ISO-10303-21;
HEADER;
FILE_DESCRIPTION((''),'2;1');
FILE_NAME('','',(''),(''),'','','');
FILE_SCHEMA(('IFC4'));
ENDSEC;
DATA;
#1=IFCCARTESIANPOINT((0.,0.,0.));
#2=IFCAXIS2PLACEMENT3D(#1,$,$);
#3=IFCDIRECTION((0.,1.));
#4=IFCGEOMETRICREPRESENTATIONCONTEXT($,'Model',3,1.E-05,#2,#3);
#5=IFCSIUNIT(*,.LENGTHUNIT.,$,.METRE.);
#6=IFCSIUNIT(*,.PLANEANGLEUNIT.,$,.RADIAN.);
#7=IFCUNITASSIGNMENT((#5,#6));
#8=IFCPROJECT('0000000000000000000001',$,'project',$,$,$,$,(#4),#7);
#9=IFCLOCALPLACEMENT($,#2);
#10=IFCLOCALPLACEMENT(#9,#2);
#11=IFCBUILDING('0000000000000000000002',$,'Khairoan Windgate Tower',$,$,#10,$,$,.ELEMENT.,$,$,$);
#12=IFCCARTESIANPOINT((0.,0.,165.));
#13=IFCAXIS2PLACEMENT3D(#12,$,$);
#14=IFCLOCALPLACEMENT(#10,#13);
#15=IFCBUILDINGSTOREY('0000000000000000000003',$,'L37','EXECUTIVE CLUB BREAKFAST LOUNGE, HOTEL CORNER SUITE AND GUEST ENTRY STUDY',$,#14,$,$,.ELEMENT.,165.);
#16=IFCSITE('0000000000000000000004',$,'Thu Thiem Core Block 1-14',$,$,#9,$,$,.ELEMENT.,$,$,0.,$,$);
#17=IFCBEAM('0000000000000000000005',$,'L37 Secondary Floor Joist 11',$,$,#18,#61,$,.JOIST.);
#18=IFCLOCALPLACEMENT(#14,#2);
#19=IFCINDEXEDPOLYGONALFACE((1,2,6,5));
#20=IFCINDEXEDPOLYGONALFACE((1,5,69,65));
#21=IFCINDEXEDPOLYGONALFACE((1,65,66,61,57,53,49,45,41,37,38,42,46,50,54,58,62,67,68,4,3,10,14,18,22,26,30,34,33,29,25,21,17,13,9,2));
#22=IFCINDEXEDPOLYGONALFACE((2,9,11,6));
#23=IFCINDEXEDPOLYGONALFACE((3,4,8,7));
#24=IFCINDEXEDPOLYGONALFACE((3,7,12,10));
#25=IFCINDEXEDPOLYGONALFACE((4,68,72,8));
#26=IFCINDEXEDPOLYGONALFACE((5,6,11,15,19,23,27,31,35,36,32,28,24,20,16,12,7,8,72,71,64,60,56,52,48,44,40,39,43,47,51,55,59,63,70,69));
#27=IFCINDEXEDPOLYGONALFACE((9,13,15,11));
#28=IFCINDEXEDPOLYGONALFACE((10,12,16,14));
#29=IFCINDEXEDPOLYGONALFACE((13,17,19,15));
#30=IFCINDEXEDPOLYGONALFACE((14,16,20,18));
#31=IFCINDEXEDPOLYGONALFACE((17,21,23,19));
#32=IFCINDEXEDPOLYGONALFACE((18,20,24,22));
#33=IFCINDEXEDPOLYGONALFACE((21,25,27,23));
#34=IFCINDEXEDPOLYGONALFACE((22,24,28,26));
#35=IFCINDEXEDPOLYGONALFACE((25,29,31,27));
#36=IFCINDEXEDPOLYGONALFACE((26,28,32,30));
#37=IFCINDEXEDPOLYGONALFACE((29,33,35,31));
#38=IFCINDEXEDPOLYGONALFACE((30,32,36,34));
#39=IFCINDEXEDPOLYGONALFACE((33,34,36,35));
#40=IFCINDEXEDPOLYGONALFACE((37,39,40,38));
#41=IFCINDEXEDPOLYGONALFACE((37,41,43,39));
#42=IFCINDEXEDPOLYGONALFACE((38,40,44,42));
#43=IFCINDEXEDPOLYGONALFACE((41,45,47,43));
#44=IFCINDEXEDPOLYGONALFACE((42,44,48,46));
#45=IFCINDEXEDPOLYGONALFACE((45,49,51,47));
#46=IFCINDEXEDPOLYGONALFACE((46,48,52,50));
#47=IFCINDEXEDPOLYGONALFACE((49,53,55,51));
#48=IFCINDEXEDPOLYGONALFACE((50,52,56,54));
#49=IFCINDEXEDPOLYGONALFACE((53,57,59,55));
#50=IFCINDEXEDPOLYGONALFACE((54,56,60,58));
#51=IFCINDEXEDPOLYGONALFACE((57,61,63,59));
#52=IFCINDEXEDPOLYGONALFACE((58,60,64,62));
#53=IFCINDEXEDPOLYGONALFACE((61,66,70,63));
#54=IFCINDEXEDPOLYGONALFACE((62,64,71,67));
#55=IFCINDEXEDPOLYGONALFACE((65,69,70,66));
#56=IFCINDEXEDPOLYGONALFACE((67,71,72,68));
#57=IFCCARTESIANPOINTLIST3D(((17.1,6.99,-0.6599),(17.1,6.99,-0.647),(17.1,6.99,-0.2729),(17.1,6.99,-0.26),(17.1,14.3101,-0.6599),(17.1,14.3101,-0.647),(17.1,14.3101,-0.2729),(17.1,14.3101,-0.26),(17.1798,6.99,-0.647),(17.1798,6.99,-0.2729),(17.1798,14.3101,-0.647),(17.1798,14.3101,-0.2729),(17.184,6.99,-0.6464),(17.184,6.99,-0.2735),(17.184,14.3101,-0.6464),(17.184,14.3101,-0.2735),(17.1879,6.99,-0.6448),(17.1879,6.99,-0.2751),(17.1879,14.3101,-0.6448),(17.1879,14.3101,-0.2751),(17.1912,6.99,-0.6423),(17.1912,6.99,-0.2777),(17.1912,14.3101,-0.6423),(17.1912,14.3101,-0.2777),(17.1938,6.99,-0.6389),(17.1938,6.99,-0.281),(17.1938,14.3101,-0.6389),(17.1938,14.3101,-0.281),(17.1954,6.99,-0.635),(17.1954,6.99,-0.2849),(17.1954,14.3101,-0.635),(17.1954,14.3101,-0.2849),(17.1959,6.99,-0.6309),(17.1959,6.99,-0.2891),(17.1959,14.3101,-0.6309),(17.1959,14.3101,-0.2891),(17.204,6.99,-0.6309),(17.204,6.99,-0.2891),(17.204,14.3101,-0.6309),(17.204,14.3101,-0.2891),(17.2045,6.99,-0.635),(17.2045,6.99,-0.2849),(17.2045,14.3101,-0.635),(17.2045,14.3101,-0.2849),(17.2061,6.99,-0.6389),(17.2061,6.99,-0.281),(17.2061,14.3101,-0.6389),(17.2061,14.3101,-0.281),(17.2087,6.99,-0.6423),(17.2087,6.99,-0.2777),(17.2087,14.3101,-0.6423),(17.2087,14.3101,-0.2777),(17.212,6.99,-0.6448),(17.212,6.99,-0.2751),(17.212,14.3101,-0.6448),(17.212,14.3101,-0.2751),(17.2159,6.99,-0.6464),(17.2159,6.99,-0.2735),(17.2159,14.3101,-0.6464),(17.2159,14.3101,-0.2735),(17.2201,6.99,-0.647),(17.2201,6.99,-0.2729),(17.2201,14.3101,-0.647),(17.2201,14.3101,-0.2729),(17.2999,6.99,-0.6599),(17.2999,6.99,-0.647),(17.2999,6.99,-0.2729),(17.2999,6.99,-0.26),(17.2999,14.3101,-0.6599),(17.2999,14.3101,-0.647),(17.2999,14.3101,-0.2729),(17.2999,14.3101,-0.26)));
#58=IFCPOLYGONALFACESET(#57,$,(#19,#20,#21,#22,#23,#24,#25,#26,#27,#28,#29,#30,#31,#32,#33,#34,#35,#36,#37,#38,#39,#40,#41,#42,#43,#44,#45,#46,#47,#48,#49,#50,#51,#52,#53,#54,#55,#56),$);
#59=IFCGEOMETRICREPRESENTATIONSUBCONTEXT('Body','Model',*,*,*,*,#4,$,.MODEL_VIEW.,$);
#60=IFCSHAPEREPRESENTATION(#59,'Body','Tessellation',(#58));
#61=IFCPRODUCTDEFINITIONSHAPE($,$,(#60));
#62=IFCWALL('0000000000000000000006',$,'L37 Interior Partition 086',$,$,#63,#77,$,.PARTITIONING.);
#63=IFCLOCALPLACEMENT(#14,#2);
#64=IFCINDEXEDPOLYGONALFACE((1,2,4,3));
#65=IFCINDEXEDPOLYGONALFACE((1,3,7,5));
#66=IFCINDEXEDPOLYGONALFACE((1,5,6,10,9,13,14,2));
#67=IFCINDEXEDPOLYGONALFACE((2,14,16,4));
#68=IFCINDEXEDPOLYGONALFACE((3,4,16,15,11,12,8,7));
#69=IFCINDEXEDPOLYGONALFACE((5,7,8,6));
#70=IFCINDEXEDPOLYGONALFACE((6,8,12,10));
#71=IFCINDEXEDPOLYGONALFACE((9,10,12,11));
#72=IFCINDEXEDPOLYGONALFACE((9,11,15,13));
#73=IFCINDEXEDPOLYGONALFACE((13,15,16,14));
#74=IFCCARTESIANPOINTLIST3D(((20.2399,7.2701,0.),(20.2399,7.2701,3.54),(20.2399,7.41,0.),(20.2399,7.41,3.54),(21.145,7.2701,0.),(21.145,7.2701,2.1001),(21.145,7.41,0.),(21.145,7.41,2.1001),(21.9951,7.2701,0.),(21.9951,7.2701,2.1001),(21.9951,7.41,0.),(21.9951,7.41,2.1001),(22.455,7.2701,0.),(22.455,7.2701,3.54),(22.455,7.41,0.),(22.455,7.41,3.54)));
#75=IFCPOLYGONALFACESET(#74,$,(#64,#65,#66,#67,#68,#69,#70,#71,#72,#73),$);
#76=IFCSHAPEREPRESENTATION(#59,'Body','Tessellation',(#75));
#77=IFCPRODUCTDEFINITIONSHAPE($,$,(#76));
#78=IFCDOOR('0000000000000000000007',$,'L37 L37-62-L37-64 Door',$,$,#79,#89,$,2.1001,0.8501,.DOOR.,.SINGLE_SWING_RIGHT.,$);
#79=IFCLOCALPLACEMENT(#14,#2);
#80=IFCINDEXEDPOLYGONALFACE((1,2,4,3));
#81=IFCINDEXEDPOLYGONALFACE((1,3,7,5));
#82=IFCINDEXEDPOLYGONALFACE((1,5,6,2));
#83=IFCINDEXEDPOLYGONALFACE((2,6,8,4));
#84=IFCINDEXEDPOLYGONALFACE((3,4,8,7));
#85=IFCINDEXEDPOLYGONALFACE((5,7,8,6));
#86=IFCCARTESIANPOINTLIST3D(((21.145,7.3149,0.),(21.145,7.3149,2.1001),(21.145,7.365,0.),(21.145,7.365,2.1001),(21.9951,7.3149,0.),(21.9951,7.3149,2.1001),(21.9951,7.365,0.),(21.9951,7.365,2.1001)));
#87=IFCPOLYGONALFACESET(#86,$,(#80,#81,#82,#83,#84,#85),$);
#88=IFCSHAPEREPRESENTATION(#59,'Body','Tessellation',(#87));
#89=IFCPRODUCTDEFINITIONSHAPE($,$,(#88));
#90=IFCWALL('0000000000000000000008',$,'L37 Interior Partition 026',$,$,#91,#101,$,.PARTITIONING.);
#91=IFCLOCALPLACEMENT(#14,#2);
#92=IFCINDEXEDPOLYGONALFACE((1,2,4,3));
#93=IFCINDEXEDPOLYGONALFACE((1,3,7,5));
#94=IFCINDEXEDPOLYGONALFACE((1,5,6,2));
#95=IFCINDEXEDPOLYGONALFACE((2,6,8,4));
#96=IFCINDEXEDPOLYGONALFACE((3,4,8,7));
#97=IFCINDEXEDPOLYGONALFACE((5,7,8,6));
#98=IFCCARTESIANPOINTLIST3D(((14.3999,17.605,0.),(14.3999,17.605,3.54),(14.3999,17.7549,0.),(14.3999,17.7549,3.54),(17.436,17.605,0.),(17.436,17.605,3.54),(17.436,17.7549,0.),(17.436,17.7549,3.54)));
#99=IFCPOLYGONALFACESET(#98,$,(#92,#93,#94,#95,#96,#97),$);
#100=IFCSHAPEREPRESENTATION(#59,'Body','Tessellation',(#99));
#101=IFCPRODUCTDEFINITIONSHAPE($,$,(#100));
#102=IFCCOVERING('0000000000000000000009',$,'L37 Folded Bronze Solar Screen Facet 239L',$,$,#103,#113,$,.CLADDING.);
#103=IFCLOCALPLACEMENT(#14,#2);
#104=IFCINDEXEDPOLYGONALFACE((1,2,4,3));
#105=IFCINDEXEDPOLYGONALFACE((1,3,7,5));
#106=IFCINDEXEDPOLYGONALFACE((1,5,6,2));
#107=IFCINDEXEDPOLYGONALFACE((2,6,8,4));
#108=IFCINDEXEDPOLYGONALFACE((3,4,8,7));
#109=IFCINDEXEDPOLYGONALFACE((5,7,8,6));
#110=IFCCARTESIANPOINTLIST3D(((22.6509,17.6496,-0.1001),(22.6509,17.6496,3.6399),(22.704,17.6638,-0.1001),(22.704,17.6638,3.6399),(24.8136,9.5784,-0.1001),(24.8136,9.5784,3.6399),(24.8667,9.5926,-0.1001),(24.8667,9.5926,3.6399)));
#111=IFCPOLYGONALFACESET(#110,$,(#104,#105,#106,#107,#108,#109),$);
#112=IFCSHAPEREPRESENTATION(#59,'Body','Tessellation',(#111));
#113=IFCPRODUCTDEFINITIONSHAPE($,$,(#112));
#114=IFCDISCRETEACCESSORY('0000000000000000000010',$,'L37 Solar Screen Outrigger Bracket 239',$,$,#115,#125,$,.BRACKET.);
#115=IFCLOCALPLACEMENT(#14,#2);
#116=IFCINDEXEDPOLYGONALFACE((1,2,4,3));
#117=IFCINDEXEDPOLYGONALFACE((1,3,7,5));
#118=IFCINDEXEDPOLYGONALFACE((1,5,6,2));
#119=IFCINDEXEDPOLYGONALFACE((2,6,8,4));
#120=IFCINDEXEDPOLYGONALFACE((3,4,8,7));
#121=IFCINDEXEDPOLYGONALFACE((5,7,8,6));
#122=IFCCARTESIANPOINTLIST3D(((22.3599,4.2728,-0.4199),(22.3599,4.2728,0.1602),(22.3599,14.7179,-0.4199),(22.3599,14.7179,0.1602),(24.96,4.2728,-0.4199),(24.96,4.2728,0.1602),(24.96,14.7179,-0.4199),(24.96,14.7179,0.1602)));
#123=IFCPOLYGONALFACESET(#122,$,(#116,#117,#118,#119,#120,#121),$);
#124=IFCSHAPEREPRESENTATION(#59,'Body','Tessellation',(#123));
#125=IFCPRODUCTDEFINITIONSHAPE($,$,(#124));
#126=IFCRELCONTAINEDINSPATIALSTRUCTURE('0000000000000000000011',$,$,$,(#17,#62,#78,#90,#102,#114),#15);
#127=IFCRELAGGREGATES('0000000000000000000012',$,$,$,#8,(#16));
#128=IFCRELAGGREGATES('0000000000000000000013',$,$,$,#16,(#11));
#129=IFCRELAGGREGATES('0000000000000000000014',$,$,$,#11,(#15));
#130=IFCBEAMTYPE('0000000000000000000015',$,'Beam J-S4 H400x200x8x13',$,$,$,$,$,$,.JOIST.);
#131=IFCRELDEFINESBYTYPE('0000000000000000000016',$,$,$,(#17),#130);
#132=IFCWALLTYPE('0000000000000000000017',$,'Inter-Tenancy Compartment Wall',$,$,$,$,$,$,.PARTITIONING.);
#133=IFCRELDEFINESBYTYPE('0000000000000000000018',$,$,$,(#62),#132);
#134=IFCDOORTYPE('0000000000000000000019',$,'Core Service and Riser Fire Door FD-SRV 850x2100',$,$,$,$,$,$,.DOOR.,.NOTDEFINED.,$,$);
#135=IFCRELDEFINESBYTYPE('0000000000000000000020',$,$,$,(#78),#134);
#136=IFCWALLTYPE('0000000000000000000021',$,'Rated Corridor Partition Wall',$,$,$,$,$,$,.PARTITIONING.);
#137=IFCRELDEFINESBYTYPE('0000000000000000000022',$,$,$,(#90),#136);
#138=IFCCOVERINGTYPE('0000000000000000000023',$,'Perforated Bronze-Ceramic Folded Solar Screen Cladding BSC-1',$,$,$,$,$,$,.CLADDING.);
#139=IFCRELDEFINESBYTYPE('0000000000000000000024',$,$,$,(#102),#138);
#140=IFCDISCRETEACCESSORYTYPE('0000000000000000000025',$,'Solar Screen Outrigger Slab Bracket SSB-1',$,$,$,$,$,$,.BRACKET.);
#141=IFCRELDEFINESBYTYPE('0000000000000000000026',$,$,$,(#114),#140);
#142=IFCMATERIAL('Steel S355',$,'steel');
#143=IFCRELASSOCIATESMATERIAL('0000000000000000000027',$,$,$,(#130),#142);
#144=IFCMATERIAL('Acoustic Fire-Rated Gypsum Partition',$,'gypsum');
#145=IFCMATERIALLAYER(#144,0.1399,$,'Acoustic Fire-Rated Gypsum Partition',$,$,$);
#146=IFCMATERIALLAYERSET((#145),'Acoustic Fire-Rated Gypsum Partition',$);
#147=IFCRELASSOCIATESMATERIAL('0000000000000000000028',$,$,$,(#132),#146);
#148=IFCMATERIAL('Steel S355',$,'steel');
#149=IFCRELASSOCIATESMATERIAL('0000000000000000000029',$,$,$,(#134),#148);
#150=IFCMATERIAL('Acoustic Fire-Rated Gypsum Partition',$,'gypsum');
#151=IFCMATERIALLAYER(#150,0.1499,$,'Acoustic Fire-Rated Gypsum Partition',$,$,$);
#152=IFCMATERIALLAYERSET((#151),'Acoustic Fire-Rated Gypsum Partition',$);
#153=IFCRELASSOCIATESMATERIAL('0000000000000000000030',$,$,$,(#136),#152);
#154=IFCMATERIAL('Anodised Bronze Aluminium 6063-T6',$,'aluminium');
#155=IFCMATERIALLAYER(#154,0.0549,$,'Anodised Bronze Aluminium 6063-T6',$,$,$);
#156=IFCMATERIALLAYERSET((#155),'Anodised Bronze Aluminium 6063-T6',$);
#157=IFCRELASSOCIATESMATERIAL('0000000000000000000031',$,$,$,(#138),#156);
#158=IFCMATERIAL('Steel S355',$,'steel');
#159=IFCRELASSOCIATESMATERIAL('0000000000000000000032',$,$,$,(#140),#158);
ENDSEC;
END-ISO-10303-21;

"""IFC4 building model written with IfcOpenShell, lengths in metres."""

from ifc_helpers import new_model, si_unit, direction, frame, frame_2d, origin, origin_2d, place, context, subcontext, project, spatial, rectangle, i_section, extrude, material, layer, layer_set, material_profile, profile_set, type_object, element, fill, save


model = new_model("IFC4")

# Units and contexts
model_context = context("Model", 3, precision=1e-05, world=origin(), true_north=direction((0.0, 1.0)))
body_context = subcontext(model_context, "Body", "Model", "MODEL_VIEW")
ifc_project = project(units=[si_unit("LENGTHUNIT", "METRE"), si_unit("PLANEANGLEUNIT", "RADIAN")], contexts=[model_context])

# Site, building, storey
site_placement = place(None, origin())
site = spatial("IfcSite", under=ifc_project, at=site_placement, Name="Thu Thiem Core Block 1-14", CompositionType="ELEMENT", RefElevation=0.0)
building_placement = place(site_placement, origin())
building = spatial("IfcBuilding", under=site, at=building_placement, Name="Khairoan Windgate Tower", CompositionType="ELEMENT")
storey_placement = place(building_placement, frame((0.0, 0.0, 165.0)))
storey = spatial("IfcBuildingStorey", under=building, at=storey_placement, Name="L37", Description="EXECUTIVE CLUB BREAKFAST LOUNGE, HOTEL CORNER SUITE AND GUEST ENTRY STUDY", CompositionType="ELEMENT", Elevation=165.0)

# Beam
ifc_material_1 = material(Name="Steel S355", Category="steel")
ifc_material_profile_1 = material_profile(ifc_material_1, i_section(OverallWidth=0.2, OverallDepth=0.3999, WebThickness=0.0081, FlangeThickness=0.0129, FilletRadius=0.0161, at=origin_2d()))
ifc_profile_set_1 = profile_set([ifc_material_profile_1], Name="Steel S355")
beam_type_1 = type_object("IfcBeamType", Name="Beam J-S4 H400x200x8x13", PredefinedType="JOIST", material=ifc_profile_set_1)
beam_1_placement = place(storey_placement, frame((17.2, 6.99, -0.46), z_axis=(0.0, 1.0, 0.0), x_axis=(-1.0, 0.0, 0.0)))
element("IfcBeam", 1, at=beam_1_placement, inside=storey, type_object=beam_type_1, Name="L37 Secondary Floor Joist 11", PredefinedType="JOIST", context=body_context, shape_type="SweptSolid", body=[
    extrude(i_section(OverallWidth=0.2, OverallDepth=0.3999, WebThickness=0.0081, FlangeThickness=0.0129, FilletRadius=0.0161, at=origin_2d()), origin(), (0.0, 0.0, 1.0), 7.3201),
])

# Wall, opening, door
ifc_material_2 = material(Name="Acoustic Fire-Rated Gypsum Partition", Category="gypsum")
ifc_layer_1 = layer(ifc_material_2, 0.1399, Name="Acoustic Fire-Rated Gypsum Partition")
ifc_layer_set_1 = layer_set([ifc_layer_1], Name="Acoustic Fire-Rated Gypsum Partition")
wall_type_1 = type_object("IfcWallType", Name="Inter-Tenancy Compartment Wall", PredefinedType="PARTITIONING", material=ifc_layer_set_1)
wall_1_placement = place(storey_placement, frame((20.24, 7.3401, 0.0), z_axis=(0.0, 0.0, 1.0), x_axis=(1.0, 0.0, 0.0)))
wall_1 = element("IfcWall", 2, at=wall_1_placement, inside=storey, type_object=wall_type_1, Name="L37 Interior Partition 086", PredefinedType="PARTITIONING", context=body_context, shape_type="SweptSolid", body=[
    extrude(rectangle(XDim=2.2151, YDim=0.1399, at=frame_2d((1.1074, 0.0))), origin(), (0.0, 0.0, 1.0), 3.54),
])
opening_placement = place(wall_1_placement, frame((0.905, 0.0, 0.0)))
opening = element("IfcOpeningElement", 3, at=opening_placement, cuts=wall_1, PredefinedType="OPENING", context=body_context, shape_type="SweptSolid", body=[
    extrude(rectangle(XDim=0.8501, YDim=2.1001, at=frame_2d((0.425, 1.05))), frame((0.0, 0.0798, 0.0), z_axis=(0.0, -1.0, 0.0), x_axis=(1.0, 0.0, 0.0)), (0.0, 0.0, 1.0), 0.1599),
])
ifc_material_3 = material(Name="Steel S355", Category="steel")
door_type = type_object("IfcDoorType", Name="Core Service and Riser Fire Door FD-SRV 850x2100", OperationType="NOTDEFINED", PredefinedType="DOOR", material=ifc_material_3)
door_placement = place(opening_placement, origin())
door = element("IfcDoor", 4, at=door_placement, inside=storey, type_object=door_type, Name="L37 L37-62-L37-64 Door", OperationType="SINGLE_SWING_RIGHT", OverallHeight=2.1001, OverallWidth=0.8501, PredefinedType="DOOR", context=body_context, shape_type="SweptSolid", body=[
    extrude(rectangle(XDim=0.8501, YDim=2.1001, at=frame_2d((0.425, 1.05))), frame((0.0, 0.0249, 0.0), z_axis=(0.0, -1.0, 0.0), x_axis=(1.0, 0.0, 0.0)), (0.0, 0.0, 1.0), 0.05),
])
fill(opening, door)

# Wall
ifc_material_4 = material(Name="Acoustic Fire-Rated Gypsum Partition", Category="gypsum")
ifc_layer_2 = layer(ifc_material_4, 0.1499, Name="Acoustic Fire-Rated Gypsum Partition")
ifc_layer_set_2 = layer_set([ifc_layer_2], Name="Acoustic Fire-Rated Gypsum Partition")
wall_type_2 = type_object("IfcWallType", Name="Rated Corridor Partition Wall", PredefinedType="PARTITIONING", material=ifc_layer_set_2)
wall_2_placement = place(storey_placement, frame((14.3999, 17.6799, 0.0), z_axis=(0.0, 0.0, 1.0), x_axis=(1.0, 0.0, 0.0)))
element("IfcWall", 5, at=wall_2_placement, inside=storey, type_object=wall_type_2, Name="L37 Interior Partition 026", PredefinedType="PARTITIONING", context=body_context, shape_type="SweptSolid", body=[
    extrude(rectangle(XDim=3.0361, YDim=0.1499, at=frame_2d((1.5181, 0.0))), origin(), (0.0, 0.0, 1.0), 3.54),
])

# Covering
ifc_material_5 = material(Name="Anodised Bronze Aluminium 6063-T6", Category="aluminium")
ifc_layer_3 = layer(ifc_material_5, 0.0549, Name="Anodised Bronze Aluminium 6063-T6")
ifc_layer_set_3 = layer_set([ifc_layer_3], Name="Anodised Bronze Aluminium 6063-T6")
covering_type = type_object("IfcCoveringType", Name="Perforated Bronze-Ceramic Folded Solar Screen Cladding BSC-1", PredefinedType="CLADDING", material=ifc_layer_set_3)
covering_placement = place(storey_placement, frame((23.7588, 13.6211, -0.1001), z_axis=(0.0, 0.0, 1.0), x_axis=(0.258819, -0.965926, 0.0)))
element("IfcCovering", 6, at=covering_placement, inside=storey, type_object=covering_type, Name="L37 Folded Bronze Solar Screen Facet 239L", PredefinedType="CLADDING", context=body_context, shape_type="SweptSolid", body=[
    extrude(rectangle(XDim=8.356, YDim=0.0549, at=origin_2d()), origin(), (0.0, 0.0, 1.0), 3.74),
])

# Discrete accessory
ifc_material_6 = material(Name="Steel S355", Category="steel")
discrete_accessory_type = type_object("IfcDiscreteAccessoryType", Name="Solar Screen Outrigger Slab Bracket SSB-1", PredefinedType="BRACKET", material=ifc_material_6)
discrete_accessory_placement = place(storey_placement, frame((23.6599, 9.4954, -0.4199), z_axis=(0.0, 0.0, 1.0), x_axis=(0.0, -1.0, 0.0)))
element("IfcDiscreteAccessory", 7, at=discrete_accessory_placement, inside=storey, type_object=discrete_accessory_type, Name="L37 Solar Screen Outrigger Bracket 239", PredefinedType="BRACKET", context=body_context, shape_type="SweptSolid", body=[
    extrude(rectangle(XDim=10.4451, YDim=2.6001, at=origin_2d()), origin(), (0.0, 0.0, 1.0), 0.5801),
])

save(model, "model.ifc")
